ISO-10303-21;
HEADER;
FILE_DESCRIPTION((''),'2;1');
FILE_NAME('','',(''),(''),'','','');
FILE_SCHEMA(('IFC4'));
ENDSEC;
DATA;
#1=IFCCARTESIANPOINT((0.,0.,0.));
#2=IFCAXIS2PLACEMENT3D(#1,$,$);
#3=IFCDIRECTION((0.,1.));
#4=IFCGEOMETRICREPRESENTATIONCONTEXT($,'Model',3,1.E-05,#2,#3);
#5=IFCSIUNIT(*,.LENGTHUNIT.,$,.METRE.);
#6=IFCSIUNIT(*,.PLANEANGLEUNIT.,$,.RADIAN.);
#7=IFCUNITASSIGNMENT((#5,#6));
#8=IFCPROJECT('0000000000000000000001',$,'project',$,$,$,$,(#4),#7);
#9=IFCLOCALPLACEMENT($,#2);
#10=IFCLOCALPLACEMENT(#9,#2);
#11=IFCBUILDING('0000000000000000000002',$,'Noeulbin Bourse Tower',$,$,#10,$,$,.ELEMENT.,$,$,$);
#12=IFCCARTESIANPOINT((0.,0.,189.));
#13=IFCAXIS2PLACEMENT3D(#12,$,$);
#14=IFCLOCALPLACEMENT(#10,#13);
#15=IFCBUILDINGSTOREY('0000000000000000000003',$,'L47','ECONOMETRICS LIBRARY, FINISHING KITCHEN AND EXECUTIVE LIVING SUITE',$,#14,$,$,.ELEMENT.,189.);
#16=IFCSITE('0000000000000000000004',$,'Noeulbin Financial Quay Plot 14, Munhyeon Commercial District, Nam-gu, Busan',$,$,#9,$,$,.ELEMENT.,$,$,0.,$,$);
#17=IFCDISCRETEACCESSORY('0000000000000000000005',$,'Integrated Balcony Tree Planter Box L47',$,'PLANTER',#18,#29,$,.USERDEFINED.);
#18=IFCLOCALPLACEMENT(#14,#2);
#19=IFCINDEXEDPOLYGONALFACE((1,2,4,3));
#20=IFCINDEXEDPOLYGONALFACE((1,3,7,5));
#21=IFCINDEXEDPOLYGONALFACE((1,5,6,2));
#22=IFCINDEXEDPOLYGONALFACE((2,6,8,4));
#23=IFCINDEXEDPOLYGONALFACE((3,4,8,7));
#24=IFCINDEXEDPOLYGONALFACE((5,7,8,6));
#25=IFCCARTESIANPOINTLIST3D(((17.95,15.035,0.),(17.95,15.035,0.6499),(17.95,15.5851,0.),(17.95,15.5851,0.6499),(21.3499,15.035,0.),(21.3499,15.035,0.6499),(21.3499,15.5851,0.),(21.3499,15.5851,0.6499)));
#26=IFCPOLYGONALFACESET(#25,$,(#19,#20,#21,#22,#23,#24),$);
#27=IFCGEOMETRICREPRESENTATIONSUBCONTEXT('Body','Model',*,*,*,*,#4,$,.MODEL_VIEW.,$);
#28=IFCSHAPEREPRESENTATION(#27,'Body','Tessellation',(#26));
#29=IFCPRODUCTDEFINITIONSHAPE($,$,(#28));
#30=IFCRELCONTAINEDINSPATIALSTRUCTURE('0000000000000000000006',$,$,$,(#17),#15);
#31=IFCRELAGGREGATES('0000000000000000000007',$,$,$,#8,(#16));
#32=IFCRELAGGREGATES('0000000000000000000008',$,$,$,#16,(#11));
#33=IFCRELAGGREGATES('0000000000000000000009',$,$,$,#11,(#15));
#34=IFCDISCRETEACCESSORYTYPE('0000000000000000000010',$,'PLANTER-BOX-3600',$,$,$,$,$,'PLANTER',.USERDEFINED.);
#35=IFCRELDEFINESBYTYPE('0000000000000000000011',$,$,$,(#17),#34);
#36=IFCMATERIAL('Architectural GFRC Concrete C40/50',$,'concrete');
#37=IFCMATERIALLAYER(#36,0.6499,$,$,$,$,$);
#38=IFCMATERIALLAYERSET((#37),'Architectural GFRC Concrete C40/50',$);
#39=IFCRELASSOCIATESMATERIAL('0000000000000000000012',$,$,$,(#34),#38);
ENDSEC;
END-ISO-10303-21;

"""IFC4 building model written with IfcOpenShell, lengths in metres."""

from ifc_helpers import new_model, si_unit, direction, frame, origin, origin_2d, place, context, subcontext, project, spatial, rectangle, extrude, material, layer, layer_set, type_object, element, save


model = new_model("IFC4")

# Units and contexts
model_context = context("Model", 3, precision=1e-05, world=origin(), true_north=direction((0.0, 1.0)))
body_context = subcontext(model_context, "Body", "Model", "MODEL_VIEW")
ifc_project = project(units=[si_unit("LENGTHUNIT", "METRE"), si_unit("PLANEANGLEUNIT", "RADIAN")], contexts=[model_context])

# Site, building, storey
site_placement = place(None, origin())
site = spatial("IfcSite", under=ifc_project, at=site_placement, Name="Noeulbin Financial Quay Plot 14, Munhyeon Commercial District, Nam-gu, Busan", CompositionType="ELEMENT", RefElevation=0.0)
building_placement = place(site_placement, origin())
building = spatial("IfcBuilding", under=site, at=building_placement, Name="Noeulbin Bourse Tower", CompositionType="ELEMENT")
storey_placement = place(building_placement, frame((0.0, 0.0, 189.0)))
storey = spatial("IfcBuildingStorey", under=building, at=storey_placement, Name="L47", Description="ECONOMETRICS LIBRARY, FINISHING KITCHEN AND EXECUTIVE LIVING SUITE", CompositionType="ELEMENT", Elevation=189.0)

# Discrete accessory
ifc_material_1 = material(Name="Architectural GFRC Concrete C40/50", Category="concrete")
ifc_layer_1 = layer(ifc_material_1, 0.6499)
ifc_layer_set_1 = layer_set([ifc_layer_1], Name="Architectural GFRC Concrete C40/50")
discrete_accessory_type = type_object("IfcDiscreteAccessoryType", Name="PLANTER-BOX-3600", ElementType="PLANTER", PredefinedType="USERDEFINED", material=ifc_layer_set_1)
discrete_accessory_placement = place(storey_placement, frame((19.6499, 15.3101, 0.0), z_axis=(0.0, 0.0, 1.0), x_axis=(1.0, 0.0, 0.0)))
element("IfcDiscreteAccessory", 1, at=discrete_accessory_placement, inside=storey, type_object=discrete_accessory_type, Name="Integrated Balcony Tree Planter Box L47", ObjectType="PLANTER", PredefinedType="USERDEFINED", context=body_context, shape_type="SweptSolid", body=[
    extrude(rectangle(XDim=3.3999, YDim=0.55, at=origin_2d()), origin(), (0.0, 0.0, 1.0), 0.6499),
])

save(model, "model.ifc")
